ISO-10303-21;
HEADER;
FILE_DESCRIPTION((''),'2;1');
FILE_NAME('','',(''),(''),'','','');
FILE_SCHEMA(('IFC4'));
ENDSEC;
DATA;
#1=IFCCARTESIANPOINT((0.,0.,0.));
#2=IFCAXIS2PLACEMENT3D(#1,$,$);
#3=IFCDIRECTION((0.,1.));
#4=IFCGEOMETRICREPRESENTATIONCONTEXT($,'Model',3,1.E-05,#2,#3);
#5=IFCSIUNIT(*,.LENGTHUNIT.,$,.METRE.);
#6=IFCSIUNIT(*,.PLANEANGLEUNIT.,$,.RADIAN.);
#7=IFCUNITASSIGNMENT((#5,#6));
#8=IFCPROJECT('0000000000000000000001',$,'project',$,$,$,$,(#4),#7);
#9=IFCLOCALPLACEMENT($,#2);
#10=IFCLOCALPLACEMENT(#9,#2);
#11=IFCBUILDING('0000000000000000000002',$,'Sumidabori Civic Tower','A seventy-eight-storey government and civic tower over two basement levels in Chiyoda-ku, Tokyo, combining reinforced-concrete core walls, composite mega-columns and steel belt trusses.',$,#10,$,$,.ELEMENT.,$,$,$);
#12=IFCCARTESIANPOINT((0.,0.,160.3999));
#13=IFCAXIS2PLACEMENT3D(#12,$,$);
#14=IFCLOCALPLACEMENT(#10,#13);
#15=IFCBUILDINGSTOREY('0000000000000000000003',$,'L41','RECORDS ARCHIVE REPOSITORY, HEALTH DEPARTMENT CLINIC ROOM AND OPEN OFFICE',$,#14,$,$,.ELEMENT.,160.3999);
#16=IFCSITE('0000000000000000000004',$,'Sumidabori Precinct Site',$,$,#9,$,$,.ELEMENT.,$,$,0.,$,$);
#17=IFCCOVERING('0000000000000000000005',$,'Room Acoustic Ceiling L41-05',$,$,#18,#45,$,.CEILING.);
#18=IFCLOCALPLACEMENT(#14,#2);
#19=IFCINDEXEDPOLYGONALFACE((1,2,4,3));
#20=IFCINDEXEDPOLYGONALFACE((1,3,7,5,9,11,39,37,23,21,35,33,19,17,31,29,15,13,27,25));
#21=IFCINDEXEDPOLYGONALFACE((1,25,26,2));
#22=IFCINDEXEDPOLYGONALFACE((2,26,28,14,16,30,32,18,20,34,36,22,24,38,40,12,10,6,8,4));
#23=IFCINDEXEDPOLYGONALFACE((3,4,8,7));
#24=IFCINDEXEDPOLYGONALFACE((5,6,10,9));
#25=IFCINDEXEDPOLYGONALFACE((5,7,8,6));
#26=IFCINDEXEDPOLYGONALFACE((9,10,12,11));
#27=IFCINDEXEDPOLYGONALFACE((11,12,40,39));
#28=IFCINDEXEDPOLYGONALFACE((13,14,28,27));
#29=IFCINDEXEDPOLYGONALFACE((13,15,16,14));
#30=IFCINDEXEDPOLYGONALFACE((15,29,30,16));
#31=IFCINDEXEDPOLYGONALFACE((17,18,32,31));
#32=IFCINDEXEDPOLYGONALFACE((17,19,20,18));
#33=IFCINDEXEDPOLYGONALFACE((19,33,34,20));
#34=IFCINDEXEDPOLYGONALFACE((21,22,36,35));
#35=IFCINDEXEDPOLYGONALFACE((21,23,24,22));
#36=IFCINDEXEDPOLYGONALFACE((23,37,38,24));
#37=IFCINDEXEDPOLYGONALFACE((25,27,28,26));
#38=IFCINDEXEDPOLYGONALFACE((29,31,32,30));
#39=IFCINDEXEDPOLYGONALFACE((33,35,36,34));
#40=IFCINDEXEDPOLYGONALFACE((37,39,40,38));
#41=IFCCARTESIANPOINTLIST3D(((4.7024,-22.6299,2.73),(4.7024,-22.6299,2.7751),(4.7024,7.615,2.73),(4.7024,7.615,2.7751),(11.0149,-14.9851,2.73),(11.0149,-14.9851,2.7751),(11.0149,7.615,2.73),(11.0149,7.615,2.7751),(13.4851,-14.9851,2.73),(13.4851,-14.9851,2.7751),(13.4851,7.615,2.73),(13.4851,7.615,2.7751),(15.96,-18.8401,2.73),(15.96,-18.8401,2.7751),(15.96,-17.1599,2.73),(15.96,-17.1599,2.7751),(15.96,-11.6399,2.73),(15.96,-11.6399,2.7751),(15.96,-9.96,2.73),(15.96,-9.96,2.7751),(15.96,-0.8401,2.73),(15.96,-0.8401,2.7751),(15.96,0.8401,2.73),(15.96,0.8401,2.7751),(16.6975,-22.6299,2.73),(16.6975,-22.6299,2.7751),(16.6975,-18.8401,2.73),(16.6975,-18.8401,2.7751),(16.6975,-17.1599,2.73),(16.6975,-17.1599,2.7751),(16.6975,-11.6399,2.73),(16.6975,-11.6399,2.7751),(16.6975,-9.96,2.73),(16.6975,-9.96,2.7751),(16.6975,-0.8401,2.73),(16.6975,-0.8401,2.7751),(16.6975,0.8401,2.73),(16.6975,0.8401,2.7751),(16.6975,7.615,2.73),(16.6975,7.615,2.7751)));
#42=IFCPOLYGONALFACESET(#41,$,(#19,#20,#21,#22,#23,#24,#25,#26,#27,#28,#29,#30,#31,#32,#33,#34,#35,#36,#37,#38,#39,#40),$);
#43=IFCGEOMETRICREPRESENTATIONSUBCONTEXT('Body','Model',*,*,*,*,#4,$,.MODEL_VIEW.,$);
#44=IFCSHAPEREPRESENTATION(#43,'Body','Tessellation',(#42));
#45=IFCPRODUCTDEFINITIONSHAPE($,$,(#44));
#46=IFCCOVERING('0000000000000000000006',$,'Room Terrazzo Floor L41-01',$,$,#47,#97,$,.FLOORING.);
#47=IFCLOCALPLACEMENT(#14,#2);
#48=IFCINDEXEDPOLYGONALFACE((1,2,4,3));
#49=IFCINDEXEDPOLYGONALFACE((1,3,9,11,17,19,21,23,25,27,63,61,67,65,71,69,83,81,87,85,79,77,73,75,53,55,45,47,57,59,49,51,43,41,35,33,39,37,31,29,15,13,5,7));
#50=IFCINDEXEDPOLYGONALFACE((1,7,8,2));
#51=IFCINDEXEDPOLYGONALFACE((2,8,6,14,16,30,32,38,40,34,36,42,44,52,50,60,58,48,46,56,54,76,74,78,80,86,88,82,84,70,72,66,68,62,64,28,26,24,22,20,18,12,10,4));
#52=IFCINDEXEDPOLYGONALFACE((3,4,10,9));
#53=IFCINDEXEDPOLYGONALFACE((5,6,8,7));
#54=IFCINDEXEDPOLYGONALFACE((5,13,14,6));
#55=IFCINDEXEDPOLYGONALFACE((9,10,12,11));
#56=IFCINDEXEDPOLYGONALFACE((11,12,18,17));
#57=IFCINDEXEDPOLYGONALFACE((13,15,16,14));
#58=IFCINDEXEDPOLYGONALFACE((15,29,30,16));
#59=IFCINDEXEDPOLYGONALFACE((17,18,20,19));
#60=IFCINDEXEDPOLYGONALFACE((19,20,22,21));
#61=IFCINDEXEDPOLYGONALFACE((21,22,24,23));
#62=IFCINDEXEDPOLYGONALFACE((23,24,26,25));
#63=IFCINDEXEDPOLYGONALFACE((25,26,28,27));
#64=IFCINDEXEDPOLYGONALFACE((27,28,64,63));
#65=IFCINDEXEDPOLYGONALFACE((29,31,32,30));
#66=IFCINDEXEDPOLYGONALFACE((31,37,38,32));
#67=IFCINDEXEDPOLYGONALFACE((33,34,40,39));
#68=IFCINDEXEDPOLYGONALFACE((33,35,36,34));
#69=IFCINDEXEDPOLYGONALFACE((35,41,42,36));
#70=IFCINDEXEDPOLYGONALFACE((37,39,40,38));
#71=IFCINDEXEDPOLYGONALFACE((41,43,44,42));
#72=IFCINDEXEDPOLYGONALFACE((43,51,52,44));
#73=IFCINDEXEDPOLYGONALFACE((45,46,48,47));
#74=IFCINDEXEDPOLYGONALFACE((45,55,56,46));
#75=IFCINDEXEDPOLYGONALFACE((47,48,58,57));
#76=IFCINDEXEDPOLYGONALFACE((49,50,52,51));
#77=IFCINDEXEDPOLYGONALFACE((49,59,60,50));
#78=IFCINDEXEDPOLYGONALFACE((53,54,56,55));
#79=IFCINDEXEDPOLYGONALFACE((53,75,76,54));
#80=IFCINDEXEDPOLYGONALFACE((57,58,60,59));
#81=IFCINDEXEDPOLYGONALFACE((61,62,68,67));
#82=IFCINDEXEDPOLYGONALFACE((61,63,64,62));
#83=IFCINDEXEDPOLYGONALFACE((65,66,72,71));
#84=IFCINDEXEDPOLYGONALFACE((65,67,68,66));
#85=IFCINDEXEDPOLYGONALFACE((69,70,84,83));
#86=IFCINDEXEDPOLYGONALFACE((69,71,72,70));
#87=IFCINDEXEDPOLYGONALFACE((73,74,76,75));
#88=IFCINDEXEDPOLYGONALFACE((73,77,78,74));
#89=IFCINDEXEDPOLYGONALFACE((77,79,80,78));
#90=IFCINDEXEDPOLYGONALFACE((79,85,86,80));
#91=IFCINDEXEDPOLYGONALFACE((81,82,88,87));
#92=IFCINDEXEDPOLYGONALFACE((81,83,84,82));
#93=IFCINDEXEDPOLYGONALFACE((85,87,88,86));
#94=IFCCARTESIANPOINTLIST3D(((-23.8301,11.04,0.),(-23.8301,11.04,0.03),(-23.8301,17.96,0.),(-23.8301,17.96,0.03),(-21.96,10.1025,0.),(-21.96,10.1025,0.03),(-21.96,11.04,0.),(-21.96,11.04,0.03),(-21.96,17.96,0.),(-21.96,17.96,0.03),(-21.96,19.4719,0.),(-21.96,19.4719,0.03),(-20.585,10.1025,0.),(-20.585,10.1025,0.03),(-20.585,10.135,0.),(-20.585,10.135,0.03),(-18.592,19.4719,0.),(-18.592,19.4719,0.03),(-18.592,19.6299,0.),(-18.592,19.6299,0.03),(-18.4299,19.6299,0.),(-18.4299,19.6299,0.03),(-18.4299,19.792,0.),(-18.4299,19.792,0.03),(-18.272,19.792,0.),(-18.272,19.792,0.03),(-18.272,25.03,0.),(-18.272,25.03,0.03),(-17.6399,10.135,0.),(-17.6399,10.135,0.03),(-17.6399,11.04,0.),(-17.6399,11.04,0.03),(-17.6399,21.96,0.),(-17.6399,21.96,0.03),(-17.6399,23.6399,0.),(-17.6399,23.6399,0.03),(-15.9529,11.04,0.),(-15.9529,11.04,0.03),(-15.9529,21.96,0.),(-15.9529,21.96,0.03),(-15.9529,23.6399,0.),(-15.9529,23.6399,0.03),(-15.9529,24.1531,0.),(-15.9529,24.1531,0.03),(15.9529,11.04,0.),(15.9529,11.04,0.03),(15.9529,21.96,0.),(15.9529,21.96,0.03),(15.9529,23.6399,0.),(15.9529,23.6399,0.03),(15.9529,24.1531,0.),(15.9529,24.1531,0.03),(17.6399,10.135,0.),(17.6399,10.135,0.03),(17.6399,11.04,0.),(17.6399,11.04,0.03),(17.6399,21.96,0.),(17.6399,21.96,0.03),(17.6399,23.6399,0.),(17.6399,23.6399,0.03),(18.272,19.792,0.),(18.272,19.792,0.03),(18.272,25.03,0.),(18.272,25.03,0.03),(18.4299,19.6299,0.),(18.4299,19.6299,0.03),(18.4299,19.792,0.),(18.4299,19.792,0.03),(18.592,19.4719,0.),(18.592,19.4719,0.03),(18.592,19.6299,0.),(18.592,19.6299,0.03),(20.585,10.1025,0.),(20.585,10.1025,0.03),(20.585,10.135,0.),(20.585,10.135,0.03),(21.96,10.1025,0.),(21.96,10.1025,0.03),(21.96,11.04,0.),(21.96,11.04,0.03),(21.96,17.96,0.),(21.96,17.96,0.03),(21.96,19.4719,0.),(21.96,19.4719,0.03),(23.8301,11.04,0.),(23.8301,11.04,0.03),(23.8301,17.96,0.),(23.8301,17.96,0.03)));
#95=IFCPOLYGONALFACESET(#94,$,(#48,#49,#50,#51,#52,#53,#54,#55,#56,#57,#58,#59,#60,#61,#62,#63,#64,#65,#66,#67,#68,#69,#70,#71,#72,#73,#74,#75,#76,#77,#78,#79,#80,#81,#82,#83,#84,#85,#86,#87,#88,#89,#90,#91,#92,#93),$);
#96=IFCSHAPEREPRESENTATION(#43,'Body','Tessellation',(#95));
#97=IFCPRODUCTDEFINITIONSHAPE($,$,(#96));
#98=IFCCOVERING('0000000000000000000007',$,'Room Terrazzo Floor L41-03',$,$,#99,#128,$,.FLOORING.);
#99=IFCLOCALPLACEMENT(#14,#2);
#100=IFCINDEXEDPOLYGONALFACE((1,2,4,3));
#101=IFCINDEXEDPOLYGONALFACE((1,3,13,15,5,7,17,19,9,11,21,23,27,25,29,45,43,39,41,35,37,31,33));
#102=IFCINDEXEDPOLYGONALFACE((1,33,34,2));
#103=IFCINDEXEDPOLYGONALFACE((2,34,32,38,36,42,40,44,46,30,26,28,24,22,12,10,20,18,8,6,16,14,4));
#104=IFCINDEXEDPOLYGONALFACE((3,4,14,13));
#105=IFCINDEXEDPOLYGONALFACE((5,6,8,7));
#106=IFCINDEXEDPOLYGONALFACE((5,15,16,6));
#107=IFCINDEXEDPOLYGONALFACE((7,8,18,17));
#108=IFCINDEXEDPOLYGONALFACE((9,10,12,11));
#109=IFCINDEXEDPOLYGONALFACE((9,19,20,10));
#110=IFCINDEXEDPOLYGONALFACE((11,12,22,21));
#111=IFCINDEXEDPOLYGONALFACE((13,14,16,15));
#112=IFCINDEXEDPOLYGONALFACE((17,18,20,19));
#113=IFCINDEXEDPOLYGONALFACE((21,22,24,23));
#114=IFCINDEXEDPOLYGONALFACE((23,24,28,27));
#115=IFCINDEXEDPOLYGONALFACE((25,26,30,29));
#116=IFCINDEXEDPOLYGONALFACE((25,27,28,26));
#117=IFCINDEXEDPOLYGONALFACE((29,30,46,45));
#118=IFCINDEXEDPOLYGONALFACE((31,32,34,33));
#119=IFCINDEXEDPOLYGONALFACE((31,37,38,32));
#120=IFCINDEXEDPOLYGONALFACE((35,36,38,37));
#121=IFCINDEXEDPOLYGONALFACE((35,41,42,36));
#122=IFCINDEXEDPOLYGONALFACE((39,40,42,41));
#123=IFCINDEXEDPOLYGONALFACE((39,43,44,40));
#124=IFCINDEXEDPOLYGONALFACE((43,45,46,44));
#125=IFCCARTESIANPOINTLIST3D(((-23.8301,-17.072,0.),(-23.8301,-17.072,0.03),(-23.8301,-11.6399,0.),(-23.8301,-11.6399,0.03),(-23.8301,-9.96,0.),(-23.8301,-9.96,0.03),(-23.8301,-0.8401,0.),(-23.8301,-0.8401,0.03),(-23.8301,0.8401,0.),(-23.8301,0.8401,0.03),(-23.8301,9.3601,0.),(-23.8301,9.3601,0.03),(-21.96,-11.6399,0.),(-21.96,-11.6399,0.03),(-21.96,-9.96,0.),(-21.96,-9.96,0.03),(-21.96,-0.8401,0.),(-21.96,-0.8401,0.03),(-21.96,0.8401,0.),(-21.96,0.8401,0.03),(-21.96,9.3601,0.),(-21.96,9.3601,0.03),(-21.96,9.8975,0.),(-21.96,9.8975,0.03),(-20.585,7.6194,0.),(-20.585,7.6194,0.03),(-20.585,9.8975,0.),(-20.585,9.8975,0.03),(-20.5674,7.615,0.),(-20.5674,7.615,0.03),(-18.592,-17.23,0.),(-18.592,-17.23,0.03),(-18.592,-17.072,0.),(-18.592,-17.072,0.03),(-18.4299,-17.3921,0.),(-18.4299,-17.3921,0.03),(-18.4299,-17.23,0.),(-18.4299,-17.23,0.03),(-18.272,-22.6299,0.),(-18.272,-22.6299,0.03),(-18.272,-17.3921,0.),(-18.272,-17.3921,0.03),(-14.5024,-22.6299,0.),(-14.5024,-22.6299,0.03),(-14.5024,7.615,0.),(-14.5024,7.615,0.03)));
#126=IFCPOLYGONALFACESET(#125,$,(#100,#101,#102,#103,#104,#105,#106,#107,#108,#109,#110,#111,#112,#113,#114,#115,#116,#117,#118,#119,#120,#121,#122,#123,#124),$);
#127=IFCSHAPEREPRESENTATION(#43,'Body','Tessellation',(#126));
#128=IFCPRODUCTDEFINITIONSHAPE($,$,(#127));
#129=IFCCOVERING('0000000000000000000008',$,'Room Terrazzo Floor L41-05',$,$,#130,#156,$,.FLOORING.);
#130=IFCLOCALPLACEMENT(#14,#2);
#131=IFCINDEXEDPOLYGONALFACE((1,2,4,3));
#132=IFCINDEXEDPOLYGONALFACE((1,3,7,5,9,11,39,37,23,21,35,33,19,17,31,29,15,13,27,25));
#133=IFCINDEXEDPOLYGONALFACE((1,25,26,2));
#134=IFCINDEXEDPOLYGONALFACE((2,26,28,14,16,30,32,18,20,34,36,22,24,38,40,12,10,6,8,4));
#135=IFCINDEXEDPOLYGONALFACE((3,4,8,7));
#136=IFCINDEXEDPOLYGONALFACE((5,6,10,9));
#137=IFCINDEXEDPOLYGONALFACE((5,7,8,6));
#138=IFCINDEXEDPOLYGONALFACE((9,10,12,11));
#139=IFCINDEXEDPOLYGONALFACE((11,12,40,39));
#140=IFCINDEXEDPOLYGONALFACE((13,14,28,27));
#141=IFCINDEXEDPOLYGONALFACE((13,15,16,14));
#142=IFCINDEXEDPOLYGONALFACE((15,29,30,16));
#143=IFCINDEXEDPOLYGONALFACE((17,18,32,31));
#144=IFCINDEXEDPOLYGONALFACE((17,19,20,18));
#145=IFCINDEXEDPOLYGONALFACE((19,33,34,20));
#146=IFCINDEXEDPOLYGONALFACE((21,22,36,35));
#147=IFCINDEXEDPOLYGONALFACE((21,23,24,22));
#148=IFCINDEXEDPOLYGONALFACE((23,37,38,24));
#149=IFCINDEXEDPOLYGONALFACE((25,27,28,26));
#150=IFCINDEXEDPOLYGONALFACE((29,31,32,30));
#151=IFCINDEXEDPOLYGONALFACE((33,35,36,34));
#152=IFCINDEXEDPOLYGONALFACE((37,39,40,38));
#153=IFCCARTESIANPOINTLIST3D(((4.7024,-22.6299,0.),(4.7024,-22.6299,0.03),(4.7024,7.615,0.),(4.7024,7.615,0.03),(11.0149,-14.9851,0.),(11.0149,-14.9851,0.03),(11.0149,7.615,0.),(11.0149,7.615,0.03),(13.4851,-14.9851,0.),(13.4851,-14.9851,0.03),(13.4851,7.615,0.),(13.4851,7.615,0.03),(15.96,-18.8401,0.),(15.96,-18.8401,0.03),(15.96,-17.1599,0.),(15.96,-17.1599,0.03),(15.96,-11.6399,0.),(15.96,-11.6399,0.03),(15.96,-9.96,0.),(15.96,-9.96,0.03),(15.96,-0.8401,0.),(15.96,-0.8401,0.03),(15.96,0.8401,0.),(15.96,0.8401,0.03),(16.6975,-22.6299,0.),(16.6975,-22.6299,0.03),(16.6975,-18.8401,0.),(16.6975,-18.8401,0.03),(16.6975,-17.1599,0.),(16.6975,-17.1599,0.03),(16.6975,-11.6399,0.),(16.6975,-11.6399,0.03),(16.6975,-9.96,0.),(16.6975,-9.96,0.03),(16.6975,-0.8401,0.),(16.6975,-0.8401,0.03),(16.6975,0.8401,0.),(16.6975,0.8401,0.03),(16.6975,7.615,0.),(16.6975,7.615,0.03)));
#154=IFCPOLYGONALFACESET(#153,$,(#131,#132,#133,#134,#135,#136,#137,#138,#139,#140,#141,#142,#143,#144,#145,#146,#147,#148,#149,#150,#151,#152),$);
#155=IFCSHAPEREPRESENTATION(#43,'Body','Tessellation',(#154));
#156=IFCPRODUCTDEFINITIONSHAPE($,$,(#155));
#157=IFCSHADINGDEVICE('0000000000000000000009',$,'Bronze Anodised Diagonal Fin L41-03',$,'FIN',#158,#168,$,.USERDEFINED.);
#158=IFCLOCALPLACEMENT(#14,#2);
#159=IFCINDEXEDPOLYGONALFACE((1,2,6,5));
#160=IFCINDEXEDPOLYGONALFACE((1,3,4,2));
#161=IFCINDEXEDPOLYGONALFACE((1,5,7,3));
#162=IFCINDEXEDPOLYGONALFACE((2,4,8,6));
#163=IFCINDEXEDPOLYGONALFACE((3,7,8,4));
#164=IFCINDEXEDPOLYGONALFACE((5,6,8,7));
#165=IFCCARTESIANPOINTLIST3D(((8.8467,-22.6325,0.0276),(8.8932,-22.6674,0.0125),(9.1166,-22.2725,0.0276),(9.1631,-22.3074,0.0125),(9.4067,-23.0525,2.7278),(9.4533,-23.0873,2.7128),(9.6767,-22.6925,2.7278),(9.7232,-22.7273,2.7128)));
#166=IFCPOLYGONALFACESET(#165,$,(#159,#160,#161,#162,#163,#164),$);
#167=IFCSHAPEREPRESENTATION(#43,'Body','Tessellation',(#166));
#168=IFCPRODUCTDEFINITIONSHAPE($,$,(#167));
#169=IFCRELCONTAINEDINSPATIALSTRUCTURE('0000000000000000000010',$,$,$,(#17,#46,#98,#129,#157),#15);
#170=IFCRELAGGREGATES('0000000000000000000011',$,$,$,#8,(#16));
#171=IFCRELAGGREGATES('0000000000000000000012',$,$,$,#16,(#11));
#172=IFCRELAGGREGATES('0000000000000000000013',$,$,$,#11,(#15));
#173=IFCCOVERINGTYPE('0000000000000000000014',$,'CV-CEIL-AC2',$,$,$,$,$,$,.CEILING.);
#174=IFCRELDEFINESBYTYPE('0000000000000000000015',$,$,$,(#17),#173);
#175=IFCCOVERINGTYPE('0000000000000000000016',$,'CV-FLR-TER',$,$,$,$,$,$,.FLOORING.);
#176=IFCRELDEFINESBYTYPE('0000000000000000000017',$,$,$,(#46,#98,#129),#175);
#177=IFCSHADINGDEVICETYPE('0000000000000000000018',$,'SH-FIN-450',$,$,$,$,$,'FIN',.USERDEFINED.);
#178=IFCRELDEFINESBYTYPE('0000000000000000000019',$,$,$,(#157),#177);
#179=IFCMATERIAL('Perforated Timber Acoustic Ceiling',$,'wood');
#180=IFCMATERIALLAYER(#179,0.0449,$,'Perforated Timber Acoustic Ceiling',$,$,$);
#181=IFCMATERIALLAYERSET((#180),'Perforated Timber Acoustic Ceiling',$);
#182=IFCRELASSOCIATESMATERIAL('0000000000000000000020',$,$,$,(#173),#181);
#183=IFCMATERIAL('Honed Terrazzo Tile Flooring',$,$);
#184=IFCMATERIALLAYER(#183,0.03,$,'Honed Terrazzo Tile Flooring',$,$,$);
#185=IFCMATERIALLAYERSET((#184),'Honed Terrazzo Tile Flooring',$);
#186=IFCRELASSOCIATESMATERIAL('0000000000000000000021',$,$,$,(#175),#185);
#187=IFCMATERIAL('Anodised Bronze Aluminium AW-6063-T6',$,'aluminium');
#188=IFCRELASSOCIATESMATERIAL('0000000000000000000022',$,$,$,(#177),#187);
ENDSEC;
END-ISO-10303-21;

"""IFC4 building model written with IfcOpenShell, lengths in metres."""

from ifc_helpers import new_model, si_unit, direction, frame, origin, origin_2d, place, context, subcontext, project, spatial, polyline, rectangle, outline, extrude, source, transform, mapped, material, layer, layer_set, material_profile, profile_set, type_object, element, save


model = new_model("IFC4")

# Units and contexts
model_context = context("Model", 3, precision=1e-05, world=origin(), true_north=direction((0.0, 1.0)))
body_context = subcontext(model_context, "Body", "Model", "MODEL_VIEW")
ifc_project = project(units=[si_unit("LENGTHUNIT", "METRE"), si_unit("PLANEANGLEUNIT", "RADIAN")], contexts=[model_context])

# Site, building, storey
site_placement = place(None, origin())
site = spatial("IfcSite", under=ifc_project, at=site_placement, Name="Sumidabori Precinct Site", CompositionType="ELEMENT", RefElevation=0.0)
building_placement = place(site_placement, origin())
building = spatial("IfcBuilding", under=site, at=building_placement, Name="Sumidabori Civic Tower", Description="A seventy-eight-storey government and civic tower over two basement levels in Chiyoda-ku, Tokyo, combining reinforced-concrete core walls, composite mega-columns and steel belt trusses.", CompositionType="ELEMENT")
storey_placement = place(building_placement, frame((0.0, 0.0, 160.3999)))
storey = spatial("IfcBuildingStorey", under=building, at=storey_placement, Name="L41", Description="RECORDS ARCHIVE REPOSITORY, HEALTH DEPARTMENT CLINIC ROOM AND OPEN OFFICE", CompositionType="ELEMENT", Elevation=160.3999)

# Shared definitions
ifc_material_1 = material(Name="Anodised Bronze Aluminium AW-6063-T6", Category="aluminium")

# Coverings
ifc_material_2 = material(Name="Perforated Timber Acoustic Ceiling", Category="wood")
ifc_layer_1 = layer(ifc_material_2, 0.0449, Name="Perforated Timber Acoustic Ceiling")
ifc_layer_set_1 = layer_set([ifc_layer_1], Name="Perforated Timber Acoustic Ceiling")
covering_type_1 = type_object("IfcCoveringType", Name="CV-CEIL-AC2", PredefinedType="CEILING", material=ifc_layer_set_1)
covering_1_placement = place(storey_placement, frame((0.0, 0.0, 2.73)))
element("IfcCovering", 1, at=covering_1_placement, inside=storey, type_object=covering_type_1, Name="Room Acoustic Ceiling L41-05", PredefinedType="CEILING", context=body_context, shape_type="SweptSolid", body=[
    extrude(outline(polyline([(4.7024, -22.6299), (4.7024, 7.615), (11.0149, 7.615), (11.0149, -14.9851), (13.4851, -14.9851), (13.4851, 7.615), (16.6975, 7.615), (16.6975, 0.8401), (15.96, 0.8401), (15.96, -0.8401), (16.6975, -0.8401), (16.6975, -9.96), (15.96, -9.96), (15.96, -11.6399), (16.6975, -11.6399), (16.6975, -17.1599), (15.96, -17.1599), (15.96, -18.8401), (16.6975, -18.8401), (16.6975, -22.6299), (4.7024, -22.6299)])), origin(), (0.0, 0.0, 1.0), 0.0452),
])
ifc_material_3 = material(Name="Honed Terrazzo Tile Flooring")
ifc_layer_2 = layer(ifc_material_3, 0.03, Name="Honed Terrazzo Tile Flooring")
ifc_layer_set_2 = layer_set([ifc_layer_2], Name="Honed Terrazzo Tile Flooring")
covering_type_2 = type_object("IfcCoveringType", Name="CV-FLR-TER", PredefinedType="FLOORING", material=ifc_layer_set_2)
covering_2_placement = place(storey_placement, origin())
element("IfcCovering", 2, at=covering_2_placement, inside=storey, type_object=covering_type_2, Name="Room Terrazzo Floor L41-01", PredefinedType="FLOORING", context=body_context, shape_type="SweptSolid", body=[
    extrude(outline(polyline([(-23.8301, 17.96), (-21.96, 17.96), (-21.96, 19.4719), (-18.592, 19.4719), (-18.592, 19.6299), (-18.4299, 19.6299), (-18.4299, 19.792), (-18.272, 19.792), (-18.272, 25.03), (18.272, 25.03), (18.272, 19.792), (18.4299, 19.792), (18.4299, 19.6299), (18.592, 19.6299), (18.592, 19.4719), (21.96, 19.4719), (21.96, 17.96), (23.8301, 17.96), (23.8301, 11.04), (21.96, 11.04), (21.96, 10.1025), (20.585, 10.1025), (20.585, 10.135), (17.6399, 10.135), (17.6399, 11.04), (15.9529, 11.04), (15.9529, 21.96), (17.6399, 21.96), (17.6399, 23.6399), (15.9529, 23.6399), (15.9529, 24.1531), (-15.9529, 24.1531), (-15.9529, 23.6399), (-17.6399, 23.6399), (-17.6399, 21.96), (-15.9529, 21.96), (-15.9529, 11.04), (-17.6399, 11.04), (-17.6399, 10.135), (-20.585, 10.135), (-20.585, 10.1025), (-21.96, 10.1025), (-21.96, 11.04), (-23.8301, 11.04), (-23.8301, 17.96)])), origin(), (0.0, 0.0, 1.0), 0.03),
])
covering_3_placement = place(storey_placement, origin())
element("IfcCovering", 3, at=covering_3_placement, inside=storey, type_object=covering_type_2, Name="Room Terrazzo Floor L41-03", PredefinedType="FLOORING", context=body_context, shape_type="SweptSolid", body=[
    extrude(outline(polyline([(-23.8301, -0.8401), (-21.96, -0.8401), (-21.96, 0.8401), (-23.8301, 0.8401), (-23.8301, 9.3601), (-21.96, 9.3601), (-21.96, 9.8975), (-20.585, 9.8975), (-20.585, 7.6194), (-20.5674, 7.615), (-14.5024, 7.615), (-14.5024, -22.6299), (-18.272, -22.6299), (-18.272, -17.3921), (-18.4299, -17.3921), (-18.4299, -17.23), (-18.592, -17.23), (-18.592, -17.072), (-23.8301, -17.072), (-23.8301, -11.6399), (-21.96, -11.6399), (-21.96, -9.96), (-23.8301, -9.96), (-23.8301, -0.8401)])), origin(), (0.0, 0.0, 1.0), 0.03),
])
covering_4_placement = place(storey_placement, origin())
element("IfcCovering", 4, at=covering_4_placement, inside=storey, type_object=covering_type_2, Name="Room Terrazzo Floor L41-05", PredefinedType="FLOORING", context=body_context, shape_type="SweptSolid", body=[
    extrude(outline(polyline([(4.7024, -22.6299), (4.7024, 7.615), (11.0149, 7.615), (11.0149, -14.9851), (13.4851, -14.9851), (13.4851, 7.615), (16.6975, 7.615), (16.6975, 0.8401), (15.96, 0.8401), (15.96, -0.8401), (16.6975, -0.8401), (16.6975, -9.96), (15.96, -9.96), (15.96, -11.6399), (16.6975, -11.6399), (16.6975, -17.1599), (15.96, -17.1599), (15.96, -18.8401), (16.6975, -18.8401), (16.6975, -22.6299), (4.7024, -22.6299)])), origin(), (0.0, 0.0, 1.0), 0.03),
])

# Shading device
ifc_material_profile_1 = material_profile(ifc_material_1, rectangle(XDim=0.0601, YDim=0.45, at=origin_2d()), Name="BRONZE FIN 450x60")
ifc_profile_set_1 = profile_set([ifc_material_profile_1], Name="Anodised Bronze Aluminium AW-6063-T6")
shading_device_type = type_object("IfcShadingDeviceType", Name="SH-FIN-450", ElementType="FIN", PredefinedType="USERDEFINED", material=ifc_profile_set_1)
shared_shape_1 = source(origin(), body_context, "Body", "SweptSolid", [
    extrude(rectangle(XDim=0.0601, YDim=0.45, at=origin_2d()), origin(), (0.0, 0.0, 1.0), 2.7896),
])
shading_device_placement = place(storey_placement, frame((9.0049, -22.47, 0.02), z_axis=(0.200777, -0.150539, 0.968001), x_axis=(0.774482, -0.580693, -0.250945)))
element("IfcShadingDevice", 5, at=shading_device_placement, inside=storey, type_object=shading_device_type, Name="Bronze Anodised Diagonal Fin L41-03", ObjectType="FIN", PredefinedType="USERDEFINED", context=body_context, shape_type="MappedRepresentation", body=[
    mapped(shared_shape_1, transform((0.0, 0.0, 0.0), x_axis=(1.0, 0.0, 0.0), y_axis=(0.0, 1.0, 0.0), z_axis=(0.0, 0.0, 1.0), scale=1.0)),
])

save(model, "model.ifc")
